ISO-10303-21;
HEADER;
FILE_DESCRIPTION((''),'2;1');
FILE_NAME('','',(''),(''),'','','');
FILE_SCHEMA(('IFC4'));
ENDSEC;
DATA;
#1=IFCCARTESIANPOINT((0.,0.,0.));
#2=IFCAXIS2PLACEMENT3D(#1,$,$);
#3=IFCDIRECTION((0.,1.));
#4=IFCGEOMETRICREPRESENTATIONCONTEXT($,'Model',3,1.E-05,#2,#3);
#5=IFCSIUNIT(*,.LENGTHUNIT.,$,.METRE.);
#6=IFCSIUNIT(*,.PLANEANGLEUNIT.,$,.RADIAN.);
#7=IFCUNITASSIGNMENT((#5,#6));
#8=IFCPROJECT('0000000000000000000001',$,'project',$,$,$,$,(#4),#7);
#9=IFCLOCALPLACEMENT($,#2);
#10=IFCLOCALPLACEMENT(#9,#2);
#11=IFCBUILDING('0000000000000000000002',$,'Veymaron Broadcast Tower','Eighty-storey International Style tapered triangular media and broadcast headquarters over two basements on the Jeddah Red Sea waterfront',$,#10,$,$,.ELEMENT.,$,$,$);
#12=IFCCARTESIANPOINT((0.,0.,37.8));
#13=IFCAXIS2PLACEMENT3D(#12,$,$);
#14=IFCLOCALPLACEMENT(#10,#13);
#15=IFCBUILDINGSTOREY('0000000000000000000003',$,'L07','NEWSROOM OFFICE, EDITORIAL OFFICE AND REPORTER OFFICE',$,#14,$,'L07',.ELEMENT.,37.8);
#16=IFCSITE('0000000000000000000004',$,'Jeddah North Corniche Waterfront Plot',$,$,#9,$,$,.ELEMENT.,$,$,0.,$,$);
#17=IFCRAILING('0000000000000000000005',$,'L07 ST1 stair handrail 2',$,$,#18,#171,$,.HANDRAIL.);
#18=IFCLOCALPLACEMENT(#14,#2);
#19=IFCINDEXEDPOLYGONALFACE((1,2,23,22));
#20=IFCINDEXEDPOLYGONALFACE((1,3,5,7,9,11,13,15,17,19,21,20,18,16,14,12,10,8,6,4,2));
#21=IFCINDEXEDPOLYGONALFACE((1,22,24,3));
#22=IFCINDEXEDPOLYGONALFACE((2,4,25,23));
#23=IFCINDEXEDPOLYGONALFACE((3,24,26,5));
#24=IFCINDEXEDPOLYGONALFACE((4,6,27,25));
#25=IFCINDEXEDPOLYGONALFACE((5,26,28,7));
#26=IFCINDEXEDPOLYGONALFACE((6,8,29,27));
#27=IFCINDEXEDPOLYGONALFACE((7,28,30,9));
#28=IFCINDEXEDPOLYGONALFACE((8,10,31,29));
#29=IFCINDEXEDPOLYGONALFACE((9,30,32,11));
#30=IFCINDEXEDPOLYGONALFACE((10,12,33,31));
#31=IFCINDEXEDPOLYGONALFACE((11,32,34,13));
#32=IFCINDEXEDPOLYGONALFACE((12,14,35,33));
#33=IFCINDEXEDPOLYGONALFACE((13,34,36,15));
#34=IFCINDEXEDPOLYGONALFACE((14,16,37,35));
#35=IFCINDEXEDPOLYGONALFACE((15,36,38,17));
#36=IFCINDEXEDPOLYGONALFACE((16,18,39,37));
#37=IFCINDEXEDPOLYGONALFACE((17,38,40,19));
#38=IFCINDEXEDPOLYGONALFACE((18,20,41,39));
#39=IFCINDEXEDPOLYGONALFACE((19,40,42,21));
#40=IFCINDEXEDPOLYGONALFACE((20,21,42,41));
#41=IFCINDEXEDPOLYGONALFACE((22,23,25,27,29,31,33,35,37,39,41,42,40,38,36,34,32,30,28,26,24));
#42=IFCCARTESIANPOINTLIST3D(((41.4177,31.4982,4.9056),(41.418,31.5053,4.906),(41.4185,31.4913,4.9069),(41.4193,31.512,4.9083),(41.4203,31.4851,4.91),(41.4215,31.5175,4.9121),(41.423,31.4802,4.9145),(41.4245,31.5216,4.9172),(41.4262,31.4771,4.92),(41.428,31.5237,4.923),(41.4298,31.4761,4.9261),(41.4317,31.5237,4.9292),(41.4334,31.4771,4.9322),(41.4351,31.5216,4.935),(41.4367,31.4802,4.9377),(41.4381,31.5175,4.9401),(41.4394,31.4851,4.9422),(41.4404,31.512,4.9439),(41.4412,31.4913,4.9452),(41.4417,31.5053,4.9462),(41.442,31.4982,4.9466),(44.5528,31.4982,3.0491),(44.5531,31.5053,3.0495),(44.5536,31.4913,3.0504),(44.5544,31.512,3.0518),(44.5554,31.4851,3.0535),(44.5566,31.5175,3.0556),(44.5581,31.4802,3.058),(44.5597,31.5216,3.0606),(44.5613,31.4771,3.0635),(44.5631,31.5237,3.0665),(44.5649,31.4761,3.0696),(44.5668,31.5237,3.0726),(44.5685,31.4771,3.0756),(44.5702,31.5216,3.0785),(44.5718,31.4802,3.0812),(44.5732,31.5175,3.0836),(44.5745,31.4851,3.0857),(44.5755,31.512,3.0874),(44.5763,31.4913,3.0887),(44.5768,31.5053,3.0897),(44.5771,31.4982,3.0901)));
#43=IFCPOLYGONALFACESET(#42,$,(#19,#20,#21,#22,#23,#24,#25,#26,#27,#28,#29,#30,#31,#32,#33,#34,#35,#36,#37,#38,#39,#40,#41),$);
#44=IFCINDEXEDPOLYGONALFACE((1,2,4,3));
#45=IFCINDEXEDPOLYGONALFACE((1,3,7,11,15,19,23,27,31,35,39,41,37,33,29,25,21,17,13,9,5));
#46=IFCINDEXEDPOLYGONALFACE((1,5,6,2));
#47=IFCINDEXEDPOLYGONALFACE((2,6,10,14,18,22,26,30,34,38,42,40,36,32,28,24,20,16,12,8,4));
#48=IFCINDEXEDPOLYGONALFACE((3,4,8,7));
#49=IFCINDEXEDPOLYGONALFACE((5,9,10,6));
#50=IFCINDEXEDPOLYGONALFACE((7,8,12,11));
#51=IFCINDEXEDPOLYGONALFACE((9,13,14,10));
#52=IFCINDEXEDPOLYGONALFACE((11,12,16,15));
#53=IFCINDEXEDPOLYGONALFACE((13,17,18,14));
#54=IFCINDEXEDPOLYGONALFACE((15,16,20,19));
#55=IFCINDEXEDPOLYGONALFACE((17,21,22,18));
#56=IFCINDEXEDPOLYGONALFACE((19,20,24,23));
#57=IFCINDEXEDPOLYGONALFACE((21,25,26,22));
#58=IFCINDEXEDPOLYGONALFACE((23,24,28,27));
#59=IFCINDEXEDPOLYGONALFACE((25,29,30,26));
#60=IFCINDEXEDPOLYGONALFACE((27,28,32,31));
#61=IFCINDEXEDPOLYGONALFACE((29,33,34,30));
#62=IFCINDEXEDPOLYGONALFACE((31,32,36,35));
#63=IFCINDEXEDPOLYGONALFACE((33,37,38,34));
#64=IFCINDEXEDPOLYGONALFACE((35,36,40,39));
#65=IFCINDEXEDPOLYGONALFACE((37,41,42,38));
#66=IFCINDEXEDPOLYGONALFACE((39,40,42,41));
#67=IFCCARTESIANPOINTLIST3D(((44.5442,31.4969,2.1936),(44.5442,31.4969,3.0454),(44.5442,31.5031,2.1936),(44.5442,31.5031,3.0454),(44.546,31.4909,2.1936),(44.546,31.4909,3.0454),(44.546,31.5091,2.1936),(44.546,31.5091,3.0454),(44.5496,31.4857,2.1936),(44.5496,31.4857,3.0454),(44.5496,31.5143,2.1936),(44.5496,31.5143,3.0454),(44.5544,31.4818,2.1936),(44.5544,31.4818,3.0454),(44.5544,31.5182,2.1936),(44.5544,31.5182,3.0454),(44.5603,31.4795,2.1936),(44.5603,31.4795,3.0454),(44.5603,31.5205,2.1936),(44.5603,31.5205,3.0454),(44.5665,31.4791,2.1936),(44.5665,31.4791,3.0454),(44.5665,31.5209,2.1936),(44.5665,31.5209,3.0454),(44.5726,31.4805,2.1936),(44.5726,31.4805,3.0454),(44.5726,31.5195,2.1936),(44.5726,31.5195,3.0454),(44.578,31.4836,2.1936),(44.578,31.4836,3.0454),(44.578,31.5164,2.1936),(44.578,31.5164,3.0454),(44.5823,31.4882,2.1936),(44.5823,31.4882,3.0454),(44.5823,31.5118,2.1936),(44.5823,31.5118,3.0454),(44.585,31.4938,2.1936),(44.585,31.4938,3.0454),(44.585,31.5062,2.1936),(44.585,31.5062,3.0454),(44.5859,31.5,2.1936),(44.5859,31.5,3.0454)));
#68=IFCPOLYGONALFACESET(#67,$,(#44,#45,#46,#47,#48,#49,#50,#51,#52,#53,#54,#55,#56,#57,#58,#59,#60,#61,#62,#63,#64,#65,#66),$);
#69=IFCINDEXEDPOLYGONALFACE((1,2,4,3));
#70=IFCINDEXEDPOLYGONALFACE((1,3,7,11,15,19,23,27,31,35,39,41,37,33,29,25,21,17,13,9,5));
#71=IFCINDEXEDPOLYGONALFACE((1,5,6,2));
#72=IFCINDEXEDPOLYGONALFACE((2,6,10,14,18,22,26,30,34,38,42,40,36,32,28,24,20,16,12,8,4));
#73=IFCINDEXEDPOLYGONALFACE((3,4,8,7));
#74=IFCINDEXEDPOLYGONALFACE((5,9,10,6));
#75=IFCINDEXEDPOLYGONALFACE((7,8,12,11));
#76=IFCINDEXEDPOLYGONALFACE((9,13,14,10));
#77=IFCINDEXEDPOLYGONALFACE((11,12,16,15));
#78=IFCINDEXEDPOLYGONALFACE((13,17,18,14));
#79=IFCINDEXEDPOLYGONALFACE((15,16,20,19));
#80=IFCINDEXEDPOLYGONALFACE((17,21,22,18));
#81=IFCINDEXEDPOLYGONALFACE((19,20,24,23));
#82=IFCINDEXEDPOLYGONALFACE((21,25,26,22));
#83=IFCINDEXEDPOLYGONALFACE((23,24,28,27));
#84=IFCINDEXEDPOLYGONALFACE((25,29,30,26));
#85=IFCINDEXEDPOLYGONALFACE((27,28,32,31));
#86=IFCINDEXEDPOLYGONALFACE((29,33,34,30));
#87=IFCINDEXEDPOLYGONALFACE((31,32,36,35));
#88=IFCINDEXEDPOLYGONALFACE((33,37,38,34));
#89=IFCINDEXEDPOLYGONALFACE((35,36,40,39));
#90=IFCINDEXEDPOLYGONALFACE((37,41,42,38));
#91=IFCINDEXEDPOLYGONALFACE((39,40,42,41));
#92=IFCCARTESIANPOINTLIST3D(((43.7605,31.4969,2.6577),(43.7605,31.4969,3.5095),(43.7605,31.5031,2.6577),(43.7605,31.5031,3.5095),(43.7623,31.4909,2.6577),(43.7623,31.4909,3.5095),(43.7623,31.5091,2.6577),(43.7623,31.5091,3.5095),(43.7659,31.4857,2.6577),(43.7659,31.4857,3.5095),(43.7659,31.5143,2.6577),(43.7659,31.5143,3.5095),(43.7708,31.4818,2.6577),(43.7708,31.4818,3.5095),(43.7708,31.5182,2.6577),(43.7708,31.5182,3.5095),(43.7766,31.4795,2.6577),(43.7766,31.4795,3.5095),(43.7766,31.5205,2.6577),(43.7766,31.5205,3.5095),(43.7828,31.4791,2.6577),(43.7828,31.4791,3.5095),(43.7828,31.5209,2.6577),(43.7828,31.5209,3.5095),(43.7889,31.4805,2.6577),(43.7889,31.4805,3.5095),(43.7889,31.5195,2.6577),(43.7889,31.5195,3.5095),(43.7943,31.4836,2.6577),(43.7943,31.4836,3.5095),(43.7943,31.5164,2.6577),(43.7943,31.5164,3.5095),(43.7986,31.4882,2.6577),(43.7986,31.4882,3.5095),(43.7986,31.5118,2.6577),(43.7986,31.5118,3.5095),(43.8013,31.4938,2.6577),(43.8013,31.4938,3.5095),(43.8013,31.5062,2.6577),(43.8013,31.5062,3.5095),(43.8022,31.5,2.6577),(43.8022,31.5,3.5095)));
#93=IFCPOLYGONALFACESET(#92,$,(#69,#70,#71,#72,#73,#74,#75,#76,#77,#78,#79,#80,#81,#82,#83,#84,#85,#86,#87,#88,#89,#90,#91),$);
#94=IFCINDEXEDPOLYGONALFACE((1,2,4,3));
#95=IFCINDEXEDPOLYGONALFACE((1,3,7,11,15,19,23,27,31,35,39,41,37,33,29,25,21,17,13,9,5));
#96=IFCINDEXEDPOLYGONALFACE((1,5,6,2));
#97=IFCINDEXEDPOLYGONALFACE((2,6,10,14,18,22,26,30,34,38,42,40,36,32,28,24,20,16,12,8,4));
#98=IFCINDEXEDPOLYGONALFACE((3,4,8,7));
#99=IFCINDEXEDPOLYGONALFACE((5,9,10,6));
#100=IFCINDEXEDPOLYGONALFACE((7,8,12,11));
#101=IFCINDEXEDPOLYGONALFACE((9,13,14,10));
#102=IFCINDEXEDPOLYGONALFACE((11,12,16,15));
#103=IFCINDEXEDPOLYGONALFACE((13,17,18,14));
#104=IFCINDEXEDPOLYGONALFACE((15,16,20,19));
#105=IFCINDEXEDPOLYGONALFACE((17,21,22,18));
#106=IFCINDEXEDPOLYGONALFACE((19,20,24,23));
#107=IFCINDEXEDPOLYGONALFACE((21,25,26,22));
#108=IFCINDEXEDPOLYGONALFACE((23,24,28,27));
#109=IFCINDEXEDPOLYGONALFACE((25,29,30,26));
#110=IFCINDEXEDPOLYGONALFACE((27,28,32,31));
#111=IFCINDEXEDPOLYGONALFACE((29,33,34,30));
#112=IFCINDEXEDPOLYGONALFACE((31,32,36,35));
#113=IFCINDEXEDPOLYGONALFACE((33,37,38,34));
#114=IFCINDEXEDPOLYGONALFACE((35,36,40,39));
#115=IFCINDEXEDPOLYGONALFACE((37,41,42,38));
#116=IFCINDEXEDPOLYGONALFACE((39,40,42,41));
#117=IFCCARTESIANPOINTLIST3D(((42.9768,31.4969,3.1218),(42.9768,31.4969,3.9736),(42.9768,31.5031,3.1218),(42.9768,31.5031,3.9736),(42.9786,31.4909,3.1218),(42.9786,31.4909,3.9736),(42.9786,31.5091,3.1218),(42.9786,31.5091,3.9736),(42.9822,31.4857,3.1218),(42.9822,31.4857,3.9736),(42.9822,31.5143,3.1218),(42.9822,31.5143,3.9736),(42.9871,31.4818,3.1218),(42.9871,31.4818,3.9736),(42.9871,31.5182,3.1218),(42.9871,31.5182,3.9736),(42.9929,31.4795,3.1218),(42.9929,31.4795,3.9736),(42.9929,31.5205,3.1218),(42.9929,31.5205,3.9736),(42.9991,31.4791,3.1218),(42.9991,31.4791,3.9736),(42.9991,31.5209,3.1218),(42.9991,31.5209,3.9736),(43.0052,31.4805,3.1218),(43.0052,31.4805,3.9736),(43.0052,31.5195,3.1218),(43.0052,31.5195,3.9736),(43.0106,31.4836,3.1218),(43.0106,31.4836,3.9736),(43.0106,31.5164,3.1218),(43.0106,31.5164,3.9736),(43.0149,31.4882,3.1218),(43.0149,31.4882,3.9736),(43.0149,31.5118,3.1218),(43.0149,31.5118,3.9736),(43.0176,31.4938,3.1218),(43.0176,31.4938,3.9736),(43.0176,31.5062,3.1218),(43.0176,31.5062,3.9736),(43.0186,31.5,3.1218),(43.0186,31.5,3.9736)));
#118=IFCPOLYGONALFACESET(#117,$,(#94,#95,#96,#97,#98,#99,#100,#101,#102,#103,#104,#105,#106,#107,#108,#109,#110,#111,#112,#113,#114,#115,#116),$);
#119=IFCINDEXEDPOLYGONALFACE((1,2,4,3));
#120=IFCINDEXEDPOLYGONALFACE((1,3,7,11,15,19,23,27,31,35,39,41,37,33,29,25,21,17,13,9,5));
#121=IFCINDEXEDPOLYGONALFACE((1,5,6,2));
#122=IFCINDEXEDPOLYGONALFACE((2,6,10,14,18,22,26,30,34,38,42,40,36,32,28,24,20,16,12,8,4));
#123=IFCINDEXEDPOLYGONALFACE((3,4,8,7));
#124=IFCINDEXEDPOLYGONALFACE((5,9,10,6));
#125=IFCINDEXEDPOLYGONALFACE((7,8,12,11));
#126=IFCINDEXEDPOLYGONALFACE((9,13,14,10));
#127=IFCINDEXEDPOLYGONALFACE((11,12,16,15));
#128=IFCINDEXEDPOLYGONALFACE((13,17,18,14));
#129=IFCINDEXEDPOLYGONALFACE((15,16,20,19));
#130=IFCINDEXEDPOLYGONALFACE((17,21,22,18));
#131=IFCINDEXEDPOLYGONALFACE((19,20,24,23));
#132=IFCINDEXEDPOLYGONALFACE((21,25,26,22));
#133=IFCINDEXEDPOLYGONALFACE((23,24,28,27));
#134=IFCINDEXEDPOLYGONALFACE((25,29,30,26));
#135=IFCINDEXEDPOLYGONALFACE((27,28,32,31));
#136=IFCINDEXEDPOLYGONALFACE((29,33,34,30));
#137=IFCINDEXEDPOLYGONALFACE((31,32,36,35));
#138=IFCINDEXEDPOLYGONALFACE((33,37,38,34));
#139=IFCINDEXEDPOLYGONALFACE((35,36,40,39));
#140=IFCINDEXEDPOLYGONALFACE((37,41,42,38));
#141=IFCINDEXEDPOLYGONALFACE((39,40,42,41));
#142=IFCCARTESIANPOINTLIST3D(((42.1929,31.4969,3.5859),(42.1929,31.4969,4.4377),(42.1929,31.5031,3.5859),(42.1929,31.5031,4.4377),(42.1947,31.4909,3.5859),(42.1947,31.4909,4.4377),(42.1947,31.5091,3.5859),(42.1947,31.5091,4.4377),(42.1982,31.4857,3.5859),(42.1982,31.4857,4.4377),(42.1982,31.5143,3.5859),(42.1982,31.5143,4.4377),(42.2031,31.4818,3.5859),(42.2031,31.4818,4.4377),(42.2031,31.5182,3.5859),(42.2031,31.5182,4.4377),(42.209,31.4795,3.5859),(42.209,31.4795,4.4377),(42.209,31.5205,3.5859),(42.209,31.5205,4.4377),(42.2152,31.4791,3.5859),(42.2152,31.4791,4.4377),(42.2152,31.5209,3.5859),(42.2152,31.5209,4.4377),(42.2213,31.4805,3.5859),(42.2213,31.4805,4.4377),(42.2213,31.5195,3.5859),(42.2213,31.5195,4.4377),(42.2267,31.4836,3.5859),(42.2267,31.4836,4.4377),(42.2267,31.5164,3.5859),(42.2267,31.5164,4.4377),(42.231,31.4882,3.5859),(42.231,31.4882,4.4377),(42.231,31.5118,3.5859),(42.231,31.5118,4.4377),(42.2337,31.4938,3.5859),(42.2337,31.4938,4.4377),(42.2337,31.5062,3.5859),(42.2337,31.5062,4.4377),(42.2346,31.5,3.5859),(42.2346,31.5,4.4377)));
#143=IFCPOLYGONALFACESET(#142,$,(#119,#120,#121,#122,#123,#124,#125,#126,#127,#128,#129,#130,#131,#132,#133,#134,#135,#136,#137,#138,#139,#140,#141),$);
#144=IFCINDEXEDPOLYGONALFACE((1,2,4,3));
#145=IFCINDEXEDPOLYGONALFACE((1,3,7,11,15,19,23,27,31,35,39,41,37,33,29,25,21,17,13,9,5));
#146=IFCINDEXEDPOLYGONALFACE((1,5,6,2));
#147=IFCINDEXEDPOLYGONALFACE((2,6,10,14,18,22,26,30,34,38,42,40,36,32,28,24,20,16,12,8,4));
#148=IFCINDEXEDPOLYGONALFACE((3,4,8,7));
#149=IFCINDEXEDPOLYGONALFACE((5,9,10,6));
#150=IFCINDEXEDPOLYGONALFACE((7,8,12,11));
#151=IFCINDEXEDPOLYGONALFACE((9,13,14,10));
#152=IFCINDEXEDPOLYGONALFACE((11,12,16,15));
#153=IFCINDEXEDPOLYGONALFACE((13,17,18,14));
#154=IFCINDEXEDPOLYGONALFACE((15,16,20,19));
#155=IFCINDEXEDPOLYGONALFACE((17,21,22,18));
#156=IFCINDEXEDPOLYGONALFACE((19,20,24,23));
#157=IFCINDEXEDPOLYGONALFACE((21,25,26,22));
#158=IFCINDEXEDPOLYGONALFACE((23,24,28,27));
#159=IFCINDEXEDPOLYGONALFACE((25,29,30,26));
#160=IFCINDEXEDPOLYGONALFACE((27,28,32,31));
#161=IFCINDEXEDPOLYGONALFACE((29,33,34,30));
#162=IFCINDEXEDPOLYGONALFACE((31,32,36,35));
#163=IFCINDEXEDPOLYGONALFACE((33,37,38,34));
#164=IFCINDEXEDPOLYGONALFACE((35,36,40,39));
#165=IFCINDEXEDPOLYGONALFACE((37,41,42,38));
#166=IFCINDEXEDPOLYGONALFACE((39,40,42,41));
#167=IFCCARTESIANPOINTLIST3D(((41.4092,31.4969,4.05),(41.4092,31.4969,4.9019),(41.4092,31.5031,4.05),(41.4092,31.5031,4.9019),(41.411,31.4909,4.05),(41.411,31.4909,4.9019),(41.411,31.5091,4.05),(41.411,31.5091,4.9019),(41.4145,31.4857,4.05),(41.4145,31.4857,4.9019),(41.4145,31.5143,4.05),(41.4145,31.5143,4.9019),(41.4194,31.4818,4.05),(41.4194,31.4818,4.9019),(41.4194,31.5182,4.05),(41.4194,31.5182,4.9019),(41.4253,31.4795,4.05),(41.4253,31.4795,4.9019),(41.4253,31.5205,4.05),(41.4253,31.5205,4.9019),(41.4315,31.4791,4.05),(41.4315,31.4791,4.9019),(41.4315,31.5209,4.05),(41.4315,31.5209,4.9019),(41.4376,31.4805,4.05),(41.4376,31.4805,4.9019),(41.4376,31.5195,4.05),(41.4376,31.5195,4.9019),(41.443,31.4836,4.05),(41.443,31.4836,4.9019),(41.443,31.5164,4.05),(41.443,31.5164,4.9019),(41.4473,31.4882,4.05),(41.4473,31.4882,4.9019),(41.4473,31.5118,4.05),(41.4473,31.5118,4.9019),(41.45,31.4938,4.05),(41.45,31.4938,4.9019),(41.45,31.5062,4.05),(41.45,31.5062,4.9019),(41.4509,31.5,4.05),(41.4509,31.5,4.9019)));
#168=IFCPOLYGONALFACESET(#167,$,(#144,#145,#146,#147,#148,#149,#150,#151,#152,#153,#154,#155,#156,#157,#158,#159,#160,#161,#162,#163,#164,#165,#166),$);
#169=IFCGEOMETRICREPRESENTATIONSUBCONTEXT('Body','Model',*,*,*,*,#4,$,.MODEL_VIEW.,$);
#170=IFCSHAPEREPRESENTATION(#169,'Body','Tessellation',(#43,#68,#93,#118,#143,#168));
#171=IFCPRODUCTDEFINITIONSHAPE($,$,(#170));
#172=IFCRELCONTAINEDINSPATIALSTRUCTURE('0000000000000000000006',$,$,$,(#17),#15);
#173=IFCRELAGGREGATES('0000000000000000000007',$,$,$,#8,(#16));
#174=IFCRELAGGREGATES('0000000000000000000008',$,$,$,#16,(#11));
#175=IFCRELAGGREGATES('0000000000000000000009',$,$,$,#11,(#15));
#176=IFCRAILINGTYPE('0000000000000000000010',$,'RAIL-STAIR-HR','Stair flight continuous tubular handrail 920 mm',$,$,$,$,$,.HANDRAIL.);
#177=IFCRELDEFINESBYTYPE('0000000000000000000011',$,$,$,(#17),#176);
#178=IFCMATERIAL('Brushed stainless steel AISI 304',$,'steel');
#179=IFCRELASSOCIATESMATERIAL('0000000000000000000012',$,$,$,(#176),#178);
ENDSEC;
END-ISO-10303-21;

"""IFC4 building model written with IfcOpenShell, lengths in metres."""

from ifc_helpers import new_model, si_unit, direction, frame, origin, origin_2d, place, context, subcontext, project, spatial, circle, extrude, material, type_object, element, save


model = new_model("IFC4")

# Units and contexts
model_context = context("Model", 3, precision=1e-05, world=origin(), true_north=direction((0.0, 1.0)))
body_context = subcontext(model_context, "Body", "Model", "MODEL_VIEW")
ifc_project = project(units=[si_unit("LENGTHUNIT", "METRE"), si_unit("PLANEANGLEUNIT", "RADIAN")], contexts=[model_context])

# Site, building, storey
site_placement = place(None, origin())
site = spatial("IfcSite", under=ifc_project, at=site_placement, Name="Jeddah North Corniche Waterfront Plot", CompositionType="ELEMENT", RefElevation=0.0)
building_placement = place(site_placement, origin())
building = spatial("IfcBuilding", under=site, at=building_placement, Name="Veymaron Broadcast Tower", Description="Eighty-storey International Style tapered triangular media and broadcast headquarters over two basements on the Jeddah Red Sea waterfront", CompositionType="ELEMENT")
storey_placement = place(building_placement, frame((0.0, 0.0, 37.8)))
storey = spatial("IfcBuildingStorey", under=building, at=storey_placement, Name="L07", Description="NEWSROOM OFFICE, EDITORIAL OFFICE AND REPORTER OFFICE", LongName="L07", CompositionType="ELEMENT", Elevation=37.8)

# Railing
ifc_material_1 = material(Name="Brushed stainless steel AISI 304", Category="steel")
railing_type_1 = type_object("IfcRailingType", Name="RAIL-STAIR-HR", Description="Stair flight continuous tubular handrail 920 mm", PredefinedType="HANDRAIL", material=ifc_material_1)
railing_1_placement = place(storey_placement, frame((44.5649, 31.5, 2.1936)))
element("IfcRailing", 1, at=railing_1_placement, inside=storey, type_object=railing_type_1, Name="L07 ST1 stair handrail 2", PredefinedType="HANDRAIL", context=body_context, shape_type="SweptSolid", body=[
    extrude(circle(Radius=0.0239, at=origin_2d()), frame((0.0, 0.0, 0.876), z_axis=(-0.860453, 0.0, 0.509531), x_axis=(0.0, -1.0, 0.0)), (0.0, 0.0, 1.0), 3.6436),
    extrude(circle(Radius=0.021, at=origin_2d()), origin(), (0.0, 0.0, 1.0), 0.8518),
    extrude(circle(Radius=0.021, at=origin_2d()), frame((-0.7837, 0.0, 0.4641)), (0.0, 0.0, 1.0), 0.8518),
    extrude(circle(Radius=0.021, at=origin_2d()), frame((-1.5674, 0.0, 0.9282)), (0.0, 0.0, 1.0), 0.8518),
    extrude(circle(Radius=0.021, at=origin_2d()), frame((-2.3513, 0.0, 1.3923)), (0.0, 0.0, 1.0), 0.8518),
    extrude(circle(Radius=0.021, at=origin_2d()), frame((-3.135, 0.0, 1.8564)), (0.0, 0.0, 1.0), 0.8518),
])

save(model, "model.ifc")
